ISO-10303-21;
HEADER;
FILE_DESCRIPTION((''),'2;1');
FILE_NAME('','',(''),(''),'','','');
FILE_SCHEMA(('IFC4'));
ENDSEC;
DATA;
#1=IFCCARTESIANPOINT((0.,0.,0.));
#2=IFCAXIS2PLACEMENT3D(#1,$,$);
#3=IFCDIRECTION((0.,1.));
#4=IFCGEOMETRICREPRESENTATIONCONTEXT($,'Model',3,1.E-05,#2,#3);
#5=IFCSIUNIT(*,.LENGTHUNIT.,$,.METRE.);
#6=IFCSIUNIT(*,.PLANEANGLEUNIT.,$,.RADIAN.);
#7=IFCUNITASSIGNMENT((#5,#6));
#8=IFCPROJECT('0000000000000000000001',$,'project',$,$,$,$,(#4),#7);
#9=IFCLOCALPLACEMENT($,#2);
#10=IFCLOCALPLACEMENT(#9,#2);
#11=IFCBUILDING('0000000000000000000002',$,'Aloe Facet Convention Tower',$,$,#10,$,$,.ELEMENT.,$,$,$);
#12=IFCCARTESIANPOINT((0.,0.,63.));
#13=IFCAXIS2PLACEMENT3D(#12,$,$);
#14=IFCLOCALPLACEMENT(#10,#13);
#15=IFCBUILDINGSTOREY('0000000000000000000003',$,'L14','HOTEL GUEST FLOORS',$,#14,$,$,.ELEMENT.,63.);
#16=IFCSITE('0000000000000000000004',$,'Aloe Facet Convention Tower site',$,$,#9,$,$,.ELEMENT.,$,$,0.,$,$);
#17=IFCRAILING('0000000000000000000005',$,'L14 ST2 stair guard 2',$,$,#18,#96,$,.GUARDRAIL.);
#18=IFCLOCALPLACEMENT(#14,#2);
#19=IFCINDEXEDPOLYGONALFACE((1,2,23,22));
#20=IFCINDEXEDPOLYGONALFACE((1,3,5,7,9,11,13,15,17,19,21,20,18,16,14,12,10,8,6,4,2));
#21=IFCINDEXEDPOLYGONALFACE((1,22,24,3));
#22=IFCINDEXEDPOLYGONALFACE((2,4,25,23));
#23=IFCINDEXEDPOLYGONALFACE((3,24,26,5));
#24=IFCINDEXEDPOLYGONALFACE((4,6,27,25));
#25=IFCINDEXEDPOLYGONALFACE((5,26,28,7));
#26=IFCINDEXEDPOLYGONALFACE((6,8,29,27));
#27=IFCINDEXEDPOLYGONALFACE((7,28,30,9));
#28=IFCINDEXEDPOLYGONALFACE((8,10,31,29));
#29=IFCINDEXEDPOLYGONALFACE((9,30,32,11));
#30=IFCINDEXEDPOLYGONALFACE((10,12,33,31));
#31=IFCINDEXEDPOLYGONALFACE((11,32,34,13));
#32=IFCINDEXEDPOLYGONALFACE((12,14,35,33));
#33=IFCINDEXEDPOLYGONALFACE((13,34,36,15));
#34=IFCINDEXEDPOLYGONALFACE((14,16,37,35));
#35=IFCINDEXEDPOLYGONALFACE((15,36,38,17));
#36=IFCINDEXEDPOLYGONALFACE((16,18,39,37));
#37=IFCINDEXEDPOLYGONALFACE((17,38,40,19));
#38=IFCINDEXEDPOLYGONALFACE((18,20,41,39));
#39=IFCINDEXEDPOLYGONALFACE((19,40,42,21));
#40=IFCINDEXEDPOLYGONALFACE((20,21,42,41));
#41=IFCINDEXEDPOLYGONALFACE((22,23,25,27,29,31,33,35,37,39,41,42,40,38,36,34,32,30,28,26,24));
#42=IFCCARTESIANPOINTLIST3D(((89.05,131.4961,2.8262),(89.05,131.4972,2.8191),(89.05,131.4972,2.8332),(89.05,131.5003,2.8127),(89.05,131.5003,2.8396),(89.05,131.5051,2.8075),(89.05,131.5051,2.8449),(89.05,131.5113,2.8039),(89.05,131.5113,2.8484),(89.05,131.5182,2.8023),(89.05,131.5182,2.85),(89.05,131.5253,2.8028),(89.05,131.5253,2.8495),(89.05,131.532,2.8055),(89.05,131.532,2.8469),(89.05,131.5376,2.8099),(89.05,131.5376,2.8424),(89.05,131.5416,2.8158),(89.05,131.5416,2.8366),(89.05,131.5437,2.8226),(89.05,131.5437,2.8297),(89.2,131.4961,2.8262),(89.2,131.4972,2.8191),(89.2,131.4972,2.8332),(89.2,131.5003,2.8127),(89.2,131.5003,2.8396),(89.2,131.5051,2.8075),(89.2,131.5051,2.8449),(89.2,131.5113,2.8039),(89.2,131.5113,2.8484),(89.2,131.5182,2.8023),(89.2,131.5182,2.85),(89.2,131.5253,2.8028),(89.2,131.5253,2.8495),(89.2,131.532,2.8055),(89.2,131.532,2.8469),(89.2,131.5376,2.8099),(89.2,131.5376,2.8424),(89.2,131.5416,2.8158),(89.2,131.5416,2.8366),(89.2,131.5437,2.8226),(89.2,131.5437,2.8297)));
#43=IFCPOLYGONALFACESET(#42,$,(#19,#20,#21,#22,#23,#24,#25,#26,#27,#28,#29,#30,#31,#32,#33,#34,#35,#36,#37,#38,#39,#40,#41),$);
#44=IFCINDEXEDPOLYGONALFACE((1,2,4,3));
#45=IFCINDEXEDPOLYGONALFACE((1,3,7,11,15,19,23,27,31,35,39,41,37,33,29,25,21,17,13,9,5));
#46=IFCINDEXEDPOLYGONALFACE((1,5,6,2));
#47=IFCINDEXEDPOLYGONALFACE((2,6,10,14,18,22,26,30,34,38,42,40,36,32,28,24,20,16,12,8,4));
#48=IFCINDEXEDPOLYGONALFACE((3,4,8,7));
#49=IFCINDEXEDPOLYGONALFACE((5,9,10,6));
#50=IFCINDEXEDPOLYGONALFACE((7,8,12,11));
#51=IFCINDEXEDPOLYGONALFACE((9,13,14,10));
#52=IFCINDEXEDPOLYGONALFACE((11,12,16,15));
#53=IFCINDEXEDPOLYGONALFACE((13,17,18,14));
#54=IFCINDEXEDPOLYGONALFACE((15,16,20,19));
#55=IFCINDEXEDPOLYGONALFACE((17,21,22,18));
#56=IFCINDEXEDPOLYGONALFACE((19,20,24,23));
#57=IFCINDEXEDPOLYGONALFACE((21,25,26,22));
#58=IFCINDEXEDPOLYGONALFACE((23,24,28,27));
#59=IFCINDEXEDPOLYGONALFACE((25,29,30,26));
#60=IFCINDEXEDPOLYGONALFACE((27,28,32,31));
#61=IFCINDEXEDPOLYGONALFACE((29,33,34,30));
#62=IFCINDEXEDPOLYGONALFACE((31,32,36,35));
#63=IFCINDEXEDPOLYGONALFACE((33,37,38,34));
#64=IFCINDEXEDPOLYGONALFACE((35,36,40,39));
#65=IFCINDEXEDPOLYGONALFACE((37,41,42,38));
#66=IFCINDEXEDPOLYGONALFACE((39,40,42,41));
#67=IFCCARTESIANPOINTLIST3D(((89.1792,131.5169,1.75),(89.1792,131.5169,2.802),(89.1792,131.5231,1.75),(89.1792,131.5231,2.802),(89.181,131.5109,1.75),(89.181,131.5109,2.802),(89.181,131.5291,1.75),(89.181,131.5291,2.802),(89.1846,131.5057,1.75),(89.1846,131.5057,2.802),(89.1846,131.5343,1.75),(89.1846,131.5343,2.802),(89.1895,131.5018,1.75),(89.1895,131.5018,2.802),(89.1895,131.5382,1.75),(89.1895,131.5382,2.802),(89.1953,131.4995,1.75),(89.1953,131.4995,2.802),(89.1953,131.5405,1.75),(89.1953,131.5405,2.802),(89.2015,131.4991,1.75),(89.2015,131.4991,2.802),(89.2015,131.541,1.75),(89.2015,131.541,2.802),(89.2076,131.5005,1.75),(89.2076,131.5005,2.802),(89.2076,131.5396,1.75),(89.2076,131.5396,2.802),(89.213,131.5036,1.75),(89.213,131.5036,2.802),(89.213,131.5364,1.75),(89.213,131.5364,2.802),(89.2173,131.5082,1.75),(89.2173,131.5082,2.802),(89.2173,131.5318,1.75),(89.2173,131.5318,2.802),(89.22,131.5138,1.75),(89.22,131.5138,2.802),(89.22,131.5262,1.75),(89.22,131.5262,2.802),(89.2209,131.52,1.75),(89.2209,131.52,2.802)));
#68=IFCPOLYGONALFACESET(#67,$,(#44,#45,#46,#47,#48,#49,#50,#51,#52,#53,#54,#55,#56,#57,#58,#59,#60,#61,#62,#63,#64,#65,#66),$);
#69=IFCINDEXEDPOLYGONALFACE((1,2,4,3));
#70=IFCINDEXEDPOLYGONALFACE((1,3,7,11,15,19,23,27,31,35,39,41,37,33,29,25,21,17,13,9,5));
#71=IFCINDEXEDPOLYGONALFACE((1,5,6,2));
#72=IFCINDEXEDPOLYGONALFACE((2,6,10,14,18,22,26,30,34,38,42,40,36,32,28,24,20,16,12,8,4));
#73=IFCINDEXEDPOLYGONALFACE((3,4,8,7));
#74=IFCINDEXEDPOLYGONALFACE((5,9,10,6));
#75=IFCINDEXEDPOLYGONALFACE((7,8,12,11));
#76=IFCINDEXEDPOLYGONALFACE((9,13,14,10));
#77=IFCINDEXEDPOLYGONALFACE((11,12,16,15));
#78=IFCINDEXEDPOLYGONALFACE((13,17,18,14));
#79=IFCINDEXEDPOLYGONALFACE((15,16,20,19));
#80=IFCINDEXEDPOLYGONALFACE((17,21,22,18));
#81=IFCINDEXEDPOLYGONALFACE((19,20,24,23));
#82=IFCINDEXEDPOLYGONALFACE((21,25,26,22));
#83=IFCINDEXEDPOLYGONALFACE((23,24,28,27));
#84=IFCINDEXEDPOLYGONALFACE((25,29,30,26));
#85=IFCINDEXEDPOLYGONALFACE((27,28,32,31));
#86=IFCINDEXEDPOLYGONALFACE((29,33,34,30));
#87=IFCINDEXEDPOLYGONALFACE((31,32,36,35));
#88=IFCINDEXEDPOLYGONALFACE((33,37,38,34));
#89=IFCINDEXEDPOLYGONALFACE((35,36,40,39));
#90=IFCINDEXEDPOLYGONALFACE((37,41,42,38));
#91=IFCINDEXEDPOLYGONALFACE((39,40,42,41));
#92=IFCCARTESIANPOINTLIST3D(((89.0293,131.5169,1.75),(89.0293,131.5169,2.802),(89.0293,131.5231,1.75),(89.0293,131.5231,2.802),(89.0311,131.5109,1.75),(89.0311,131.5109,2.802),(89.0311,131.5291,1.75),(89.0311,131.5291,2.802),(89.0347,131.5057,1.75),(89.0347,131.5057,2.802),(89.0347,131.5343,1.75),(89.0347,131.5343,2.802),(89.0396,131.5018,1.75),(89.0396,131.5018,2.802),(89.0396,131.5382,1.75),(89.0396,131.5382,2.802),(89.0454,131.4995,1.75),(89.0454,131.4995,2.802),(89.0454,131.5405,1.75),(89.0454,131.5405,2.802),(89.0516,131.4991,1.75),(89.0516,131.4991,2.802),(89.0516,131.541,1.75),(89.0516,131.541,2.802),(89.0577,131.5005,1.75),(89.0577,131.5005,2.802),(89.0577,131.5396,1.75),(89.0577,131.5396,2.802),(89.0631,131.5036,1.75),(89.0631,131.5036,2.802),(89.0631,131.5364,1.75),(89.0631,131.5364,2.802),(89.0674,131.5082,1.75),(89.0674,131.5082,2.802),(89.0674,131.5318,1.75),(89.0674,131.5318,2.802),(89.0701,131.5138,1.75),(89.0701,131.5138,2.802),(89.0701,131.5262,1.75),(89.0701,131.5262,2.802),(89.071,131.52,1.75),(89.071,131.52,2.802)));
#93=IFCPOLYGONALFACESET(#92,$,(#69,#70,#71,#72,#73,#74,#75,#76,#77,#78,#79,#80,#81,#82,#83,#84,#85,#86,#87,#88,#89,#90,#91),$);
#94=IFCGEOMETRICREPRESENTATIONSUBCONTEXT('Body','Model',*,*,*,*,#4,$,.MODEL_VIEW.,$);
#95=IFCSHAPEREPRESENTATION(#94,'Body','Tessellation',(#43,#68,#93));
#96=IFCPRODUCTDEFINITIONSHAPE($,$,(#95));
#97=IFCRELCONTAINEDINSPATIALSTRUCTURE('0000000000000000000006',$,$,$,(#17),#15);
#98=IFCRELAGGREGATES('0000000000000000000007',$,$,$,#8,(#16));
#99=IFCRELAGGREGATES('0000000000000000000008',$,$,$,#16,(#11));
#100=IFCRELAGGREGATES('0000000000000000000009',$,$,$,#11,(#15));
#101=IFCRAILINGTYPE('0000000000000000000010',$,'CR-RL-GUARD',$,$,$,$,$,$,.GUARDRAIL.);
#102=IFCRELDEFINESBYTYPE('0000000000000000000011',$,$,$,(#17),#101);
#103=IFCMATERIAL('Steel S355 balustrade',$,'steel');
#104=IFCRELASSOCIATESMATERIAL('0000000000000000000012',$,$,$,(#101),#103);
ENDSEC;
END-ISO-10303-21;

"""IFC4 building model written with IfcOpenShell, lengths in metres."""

from ifc_helpers import new_model, si_unit, direction, frame, origin, origin_2d, place, context, subcontext, project, spatial, circle, extrude, material, type_object, element, save


model = new_model("IFC4")

# Units and contexts
model_context = context("Model", 3, precision=1e-05, world=origin(), true_north=direction((0.0, 1.0)))
body_context = subcontext(model_context, "Body", "Model", "MODEL_VIEW")
ifc_project = project(units=[si_unit("LENGTHUNIT", "METRE"), si_unit("PLANEANGLEUNIT", "RADIAN")], contexts=[model_context])

# Site, building, storey
site_placement = place(None, origin())
site = spatial("IfcSite", under=ifc_project, at=site_placement, Name="Aloe Facet Convention Tower site", CompositionType="ELEMENT", RefElevation=0.0)
building_placement = place(site_placement, origin())
building = spatial("IfcBuilding", under=site, at=building_placement, Name="Aloe Facet Convention Tower", CompositionType="ELEMENT")
storey_placement = place(building_placement, frame((0.0, 0.0, 63.0)))
storey = spatial("IfcBuildingStorey", under=building, at=storey_placement, Name="L14", Description="HOTEL GUEST FLOORS", CompositionType="ELEMENT", Elevation=63.0)

# Railing
ifc_material_1 = material(Name="Steel S355 balustrade", Category="steel")
railing_type_1 = type_object("IfcRailingType", Name="CR-RL-GUARD", PredefinedType="GUARDRAIL", material=ifc_material_1)
railing_1_placement = place(storey_placement, frame((89.2, 131.52, 1.75)))
element("IfcRailing", 1, at=railing_1_placement, inside=storey, type_object=railing_type_1, Name="L14 ST2 stair guard 2", PredefinedType="GUARDRAIL", context=body_context, shape_type="SweptSolid", body=[
    extrude(circle(Radius=0.0239, at=origin_2d()), frame((0.0, 0.0, 1.0762), z_axis=(-1.0, 0.0, 0.0), x_axis=(0.0, -1.0, 0.0)), (0.0, 0.0, 1.0), 0.1499),
    extrude(circle(Radius=0.021, at=origin_2d()), origin(), (0.0, 0.0, 1.0), 1.052),
    extrude(circle(Radius=0.021, at=origin_2d()), frame((-0.1499, 0.0, 0.0)), (0.0, 0.0, 1.0), 1.052),
])

save(model, "model.ifc")
